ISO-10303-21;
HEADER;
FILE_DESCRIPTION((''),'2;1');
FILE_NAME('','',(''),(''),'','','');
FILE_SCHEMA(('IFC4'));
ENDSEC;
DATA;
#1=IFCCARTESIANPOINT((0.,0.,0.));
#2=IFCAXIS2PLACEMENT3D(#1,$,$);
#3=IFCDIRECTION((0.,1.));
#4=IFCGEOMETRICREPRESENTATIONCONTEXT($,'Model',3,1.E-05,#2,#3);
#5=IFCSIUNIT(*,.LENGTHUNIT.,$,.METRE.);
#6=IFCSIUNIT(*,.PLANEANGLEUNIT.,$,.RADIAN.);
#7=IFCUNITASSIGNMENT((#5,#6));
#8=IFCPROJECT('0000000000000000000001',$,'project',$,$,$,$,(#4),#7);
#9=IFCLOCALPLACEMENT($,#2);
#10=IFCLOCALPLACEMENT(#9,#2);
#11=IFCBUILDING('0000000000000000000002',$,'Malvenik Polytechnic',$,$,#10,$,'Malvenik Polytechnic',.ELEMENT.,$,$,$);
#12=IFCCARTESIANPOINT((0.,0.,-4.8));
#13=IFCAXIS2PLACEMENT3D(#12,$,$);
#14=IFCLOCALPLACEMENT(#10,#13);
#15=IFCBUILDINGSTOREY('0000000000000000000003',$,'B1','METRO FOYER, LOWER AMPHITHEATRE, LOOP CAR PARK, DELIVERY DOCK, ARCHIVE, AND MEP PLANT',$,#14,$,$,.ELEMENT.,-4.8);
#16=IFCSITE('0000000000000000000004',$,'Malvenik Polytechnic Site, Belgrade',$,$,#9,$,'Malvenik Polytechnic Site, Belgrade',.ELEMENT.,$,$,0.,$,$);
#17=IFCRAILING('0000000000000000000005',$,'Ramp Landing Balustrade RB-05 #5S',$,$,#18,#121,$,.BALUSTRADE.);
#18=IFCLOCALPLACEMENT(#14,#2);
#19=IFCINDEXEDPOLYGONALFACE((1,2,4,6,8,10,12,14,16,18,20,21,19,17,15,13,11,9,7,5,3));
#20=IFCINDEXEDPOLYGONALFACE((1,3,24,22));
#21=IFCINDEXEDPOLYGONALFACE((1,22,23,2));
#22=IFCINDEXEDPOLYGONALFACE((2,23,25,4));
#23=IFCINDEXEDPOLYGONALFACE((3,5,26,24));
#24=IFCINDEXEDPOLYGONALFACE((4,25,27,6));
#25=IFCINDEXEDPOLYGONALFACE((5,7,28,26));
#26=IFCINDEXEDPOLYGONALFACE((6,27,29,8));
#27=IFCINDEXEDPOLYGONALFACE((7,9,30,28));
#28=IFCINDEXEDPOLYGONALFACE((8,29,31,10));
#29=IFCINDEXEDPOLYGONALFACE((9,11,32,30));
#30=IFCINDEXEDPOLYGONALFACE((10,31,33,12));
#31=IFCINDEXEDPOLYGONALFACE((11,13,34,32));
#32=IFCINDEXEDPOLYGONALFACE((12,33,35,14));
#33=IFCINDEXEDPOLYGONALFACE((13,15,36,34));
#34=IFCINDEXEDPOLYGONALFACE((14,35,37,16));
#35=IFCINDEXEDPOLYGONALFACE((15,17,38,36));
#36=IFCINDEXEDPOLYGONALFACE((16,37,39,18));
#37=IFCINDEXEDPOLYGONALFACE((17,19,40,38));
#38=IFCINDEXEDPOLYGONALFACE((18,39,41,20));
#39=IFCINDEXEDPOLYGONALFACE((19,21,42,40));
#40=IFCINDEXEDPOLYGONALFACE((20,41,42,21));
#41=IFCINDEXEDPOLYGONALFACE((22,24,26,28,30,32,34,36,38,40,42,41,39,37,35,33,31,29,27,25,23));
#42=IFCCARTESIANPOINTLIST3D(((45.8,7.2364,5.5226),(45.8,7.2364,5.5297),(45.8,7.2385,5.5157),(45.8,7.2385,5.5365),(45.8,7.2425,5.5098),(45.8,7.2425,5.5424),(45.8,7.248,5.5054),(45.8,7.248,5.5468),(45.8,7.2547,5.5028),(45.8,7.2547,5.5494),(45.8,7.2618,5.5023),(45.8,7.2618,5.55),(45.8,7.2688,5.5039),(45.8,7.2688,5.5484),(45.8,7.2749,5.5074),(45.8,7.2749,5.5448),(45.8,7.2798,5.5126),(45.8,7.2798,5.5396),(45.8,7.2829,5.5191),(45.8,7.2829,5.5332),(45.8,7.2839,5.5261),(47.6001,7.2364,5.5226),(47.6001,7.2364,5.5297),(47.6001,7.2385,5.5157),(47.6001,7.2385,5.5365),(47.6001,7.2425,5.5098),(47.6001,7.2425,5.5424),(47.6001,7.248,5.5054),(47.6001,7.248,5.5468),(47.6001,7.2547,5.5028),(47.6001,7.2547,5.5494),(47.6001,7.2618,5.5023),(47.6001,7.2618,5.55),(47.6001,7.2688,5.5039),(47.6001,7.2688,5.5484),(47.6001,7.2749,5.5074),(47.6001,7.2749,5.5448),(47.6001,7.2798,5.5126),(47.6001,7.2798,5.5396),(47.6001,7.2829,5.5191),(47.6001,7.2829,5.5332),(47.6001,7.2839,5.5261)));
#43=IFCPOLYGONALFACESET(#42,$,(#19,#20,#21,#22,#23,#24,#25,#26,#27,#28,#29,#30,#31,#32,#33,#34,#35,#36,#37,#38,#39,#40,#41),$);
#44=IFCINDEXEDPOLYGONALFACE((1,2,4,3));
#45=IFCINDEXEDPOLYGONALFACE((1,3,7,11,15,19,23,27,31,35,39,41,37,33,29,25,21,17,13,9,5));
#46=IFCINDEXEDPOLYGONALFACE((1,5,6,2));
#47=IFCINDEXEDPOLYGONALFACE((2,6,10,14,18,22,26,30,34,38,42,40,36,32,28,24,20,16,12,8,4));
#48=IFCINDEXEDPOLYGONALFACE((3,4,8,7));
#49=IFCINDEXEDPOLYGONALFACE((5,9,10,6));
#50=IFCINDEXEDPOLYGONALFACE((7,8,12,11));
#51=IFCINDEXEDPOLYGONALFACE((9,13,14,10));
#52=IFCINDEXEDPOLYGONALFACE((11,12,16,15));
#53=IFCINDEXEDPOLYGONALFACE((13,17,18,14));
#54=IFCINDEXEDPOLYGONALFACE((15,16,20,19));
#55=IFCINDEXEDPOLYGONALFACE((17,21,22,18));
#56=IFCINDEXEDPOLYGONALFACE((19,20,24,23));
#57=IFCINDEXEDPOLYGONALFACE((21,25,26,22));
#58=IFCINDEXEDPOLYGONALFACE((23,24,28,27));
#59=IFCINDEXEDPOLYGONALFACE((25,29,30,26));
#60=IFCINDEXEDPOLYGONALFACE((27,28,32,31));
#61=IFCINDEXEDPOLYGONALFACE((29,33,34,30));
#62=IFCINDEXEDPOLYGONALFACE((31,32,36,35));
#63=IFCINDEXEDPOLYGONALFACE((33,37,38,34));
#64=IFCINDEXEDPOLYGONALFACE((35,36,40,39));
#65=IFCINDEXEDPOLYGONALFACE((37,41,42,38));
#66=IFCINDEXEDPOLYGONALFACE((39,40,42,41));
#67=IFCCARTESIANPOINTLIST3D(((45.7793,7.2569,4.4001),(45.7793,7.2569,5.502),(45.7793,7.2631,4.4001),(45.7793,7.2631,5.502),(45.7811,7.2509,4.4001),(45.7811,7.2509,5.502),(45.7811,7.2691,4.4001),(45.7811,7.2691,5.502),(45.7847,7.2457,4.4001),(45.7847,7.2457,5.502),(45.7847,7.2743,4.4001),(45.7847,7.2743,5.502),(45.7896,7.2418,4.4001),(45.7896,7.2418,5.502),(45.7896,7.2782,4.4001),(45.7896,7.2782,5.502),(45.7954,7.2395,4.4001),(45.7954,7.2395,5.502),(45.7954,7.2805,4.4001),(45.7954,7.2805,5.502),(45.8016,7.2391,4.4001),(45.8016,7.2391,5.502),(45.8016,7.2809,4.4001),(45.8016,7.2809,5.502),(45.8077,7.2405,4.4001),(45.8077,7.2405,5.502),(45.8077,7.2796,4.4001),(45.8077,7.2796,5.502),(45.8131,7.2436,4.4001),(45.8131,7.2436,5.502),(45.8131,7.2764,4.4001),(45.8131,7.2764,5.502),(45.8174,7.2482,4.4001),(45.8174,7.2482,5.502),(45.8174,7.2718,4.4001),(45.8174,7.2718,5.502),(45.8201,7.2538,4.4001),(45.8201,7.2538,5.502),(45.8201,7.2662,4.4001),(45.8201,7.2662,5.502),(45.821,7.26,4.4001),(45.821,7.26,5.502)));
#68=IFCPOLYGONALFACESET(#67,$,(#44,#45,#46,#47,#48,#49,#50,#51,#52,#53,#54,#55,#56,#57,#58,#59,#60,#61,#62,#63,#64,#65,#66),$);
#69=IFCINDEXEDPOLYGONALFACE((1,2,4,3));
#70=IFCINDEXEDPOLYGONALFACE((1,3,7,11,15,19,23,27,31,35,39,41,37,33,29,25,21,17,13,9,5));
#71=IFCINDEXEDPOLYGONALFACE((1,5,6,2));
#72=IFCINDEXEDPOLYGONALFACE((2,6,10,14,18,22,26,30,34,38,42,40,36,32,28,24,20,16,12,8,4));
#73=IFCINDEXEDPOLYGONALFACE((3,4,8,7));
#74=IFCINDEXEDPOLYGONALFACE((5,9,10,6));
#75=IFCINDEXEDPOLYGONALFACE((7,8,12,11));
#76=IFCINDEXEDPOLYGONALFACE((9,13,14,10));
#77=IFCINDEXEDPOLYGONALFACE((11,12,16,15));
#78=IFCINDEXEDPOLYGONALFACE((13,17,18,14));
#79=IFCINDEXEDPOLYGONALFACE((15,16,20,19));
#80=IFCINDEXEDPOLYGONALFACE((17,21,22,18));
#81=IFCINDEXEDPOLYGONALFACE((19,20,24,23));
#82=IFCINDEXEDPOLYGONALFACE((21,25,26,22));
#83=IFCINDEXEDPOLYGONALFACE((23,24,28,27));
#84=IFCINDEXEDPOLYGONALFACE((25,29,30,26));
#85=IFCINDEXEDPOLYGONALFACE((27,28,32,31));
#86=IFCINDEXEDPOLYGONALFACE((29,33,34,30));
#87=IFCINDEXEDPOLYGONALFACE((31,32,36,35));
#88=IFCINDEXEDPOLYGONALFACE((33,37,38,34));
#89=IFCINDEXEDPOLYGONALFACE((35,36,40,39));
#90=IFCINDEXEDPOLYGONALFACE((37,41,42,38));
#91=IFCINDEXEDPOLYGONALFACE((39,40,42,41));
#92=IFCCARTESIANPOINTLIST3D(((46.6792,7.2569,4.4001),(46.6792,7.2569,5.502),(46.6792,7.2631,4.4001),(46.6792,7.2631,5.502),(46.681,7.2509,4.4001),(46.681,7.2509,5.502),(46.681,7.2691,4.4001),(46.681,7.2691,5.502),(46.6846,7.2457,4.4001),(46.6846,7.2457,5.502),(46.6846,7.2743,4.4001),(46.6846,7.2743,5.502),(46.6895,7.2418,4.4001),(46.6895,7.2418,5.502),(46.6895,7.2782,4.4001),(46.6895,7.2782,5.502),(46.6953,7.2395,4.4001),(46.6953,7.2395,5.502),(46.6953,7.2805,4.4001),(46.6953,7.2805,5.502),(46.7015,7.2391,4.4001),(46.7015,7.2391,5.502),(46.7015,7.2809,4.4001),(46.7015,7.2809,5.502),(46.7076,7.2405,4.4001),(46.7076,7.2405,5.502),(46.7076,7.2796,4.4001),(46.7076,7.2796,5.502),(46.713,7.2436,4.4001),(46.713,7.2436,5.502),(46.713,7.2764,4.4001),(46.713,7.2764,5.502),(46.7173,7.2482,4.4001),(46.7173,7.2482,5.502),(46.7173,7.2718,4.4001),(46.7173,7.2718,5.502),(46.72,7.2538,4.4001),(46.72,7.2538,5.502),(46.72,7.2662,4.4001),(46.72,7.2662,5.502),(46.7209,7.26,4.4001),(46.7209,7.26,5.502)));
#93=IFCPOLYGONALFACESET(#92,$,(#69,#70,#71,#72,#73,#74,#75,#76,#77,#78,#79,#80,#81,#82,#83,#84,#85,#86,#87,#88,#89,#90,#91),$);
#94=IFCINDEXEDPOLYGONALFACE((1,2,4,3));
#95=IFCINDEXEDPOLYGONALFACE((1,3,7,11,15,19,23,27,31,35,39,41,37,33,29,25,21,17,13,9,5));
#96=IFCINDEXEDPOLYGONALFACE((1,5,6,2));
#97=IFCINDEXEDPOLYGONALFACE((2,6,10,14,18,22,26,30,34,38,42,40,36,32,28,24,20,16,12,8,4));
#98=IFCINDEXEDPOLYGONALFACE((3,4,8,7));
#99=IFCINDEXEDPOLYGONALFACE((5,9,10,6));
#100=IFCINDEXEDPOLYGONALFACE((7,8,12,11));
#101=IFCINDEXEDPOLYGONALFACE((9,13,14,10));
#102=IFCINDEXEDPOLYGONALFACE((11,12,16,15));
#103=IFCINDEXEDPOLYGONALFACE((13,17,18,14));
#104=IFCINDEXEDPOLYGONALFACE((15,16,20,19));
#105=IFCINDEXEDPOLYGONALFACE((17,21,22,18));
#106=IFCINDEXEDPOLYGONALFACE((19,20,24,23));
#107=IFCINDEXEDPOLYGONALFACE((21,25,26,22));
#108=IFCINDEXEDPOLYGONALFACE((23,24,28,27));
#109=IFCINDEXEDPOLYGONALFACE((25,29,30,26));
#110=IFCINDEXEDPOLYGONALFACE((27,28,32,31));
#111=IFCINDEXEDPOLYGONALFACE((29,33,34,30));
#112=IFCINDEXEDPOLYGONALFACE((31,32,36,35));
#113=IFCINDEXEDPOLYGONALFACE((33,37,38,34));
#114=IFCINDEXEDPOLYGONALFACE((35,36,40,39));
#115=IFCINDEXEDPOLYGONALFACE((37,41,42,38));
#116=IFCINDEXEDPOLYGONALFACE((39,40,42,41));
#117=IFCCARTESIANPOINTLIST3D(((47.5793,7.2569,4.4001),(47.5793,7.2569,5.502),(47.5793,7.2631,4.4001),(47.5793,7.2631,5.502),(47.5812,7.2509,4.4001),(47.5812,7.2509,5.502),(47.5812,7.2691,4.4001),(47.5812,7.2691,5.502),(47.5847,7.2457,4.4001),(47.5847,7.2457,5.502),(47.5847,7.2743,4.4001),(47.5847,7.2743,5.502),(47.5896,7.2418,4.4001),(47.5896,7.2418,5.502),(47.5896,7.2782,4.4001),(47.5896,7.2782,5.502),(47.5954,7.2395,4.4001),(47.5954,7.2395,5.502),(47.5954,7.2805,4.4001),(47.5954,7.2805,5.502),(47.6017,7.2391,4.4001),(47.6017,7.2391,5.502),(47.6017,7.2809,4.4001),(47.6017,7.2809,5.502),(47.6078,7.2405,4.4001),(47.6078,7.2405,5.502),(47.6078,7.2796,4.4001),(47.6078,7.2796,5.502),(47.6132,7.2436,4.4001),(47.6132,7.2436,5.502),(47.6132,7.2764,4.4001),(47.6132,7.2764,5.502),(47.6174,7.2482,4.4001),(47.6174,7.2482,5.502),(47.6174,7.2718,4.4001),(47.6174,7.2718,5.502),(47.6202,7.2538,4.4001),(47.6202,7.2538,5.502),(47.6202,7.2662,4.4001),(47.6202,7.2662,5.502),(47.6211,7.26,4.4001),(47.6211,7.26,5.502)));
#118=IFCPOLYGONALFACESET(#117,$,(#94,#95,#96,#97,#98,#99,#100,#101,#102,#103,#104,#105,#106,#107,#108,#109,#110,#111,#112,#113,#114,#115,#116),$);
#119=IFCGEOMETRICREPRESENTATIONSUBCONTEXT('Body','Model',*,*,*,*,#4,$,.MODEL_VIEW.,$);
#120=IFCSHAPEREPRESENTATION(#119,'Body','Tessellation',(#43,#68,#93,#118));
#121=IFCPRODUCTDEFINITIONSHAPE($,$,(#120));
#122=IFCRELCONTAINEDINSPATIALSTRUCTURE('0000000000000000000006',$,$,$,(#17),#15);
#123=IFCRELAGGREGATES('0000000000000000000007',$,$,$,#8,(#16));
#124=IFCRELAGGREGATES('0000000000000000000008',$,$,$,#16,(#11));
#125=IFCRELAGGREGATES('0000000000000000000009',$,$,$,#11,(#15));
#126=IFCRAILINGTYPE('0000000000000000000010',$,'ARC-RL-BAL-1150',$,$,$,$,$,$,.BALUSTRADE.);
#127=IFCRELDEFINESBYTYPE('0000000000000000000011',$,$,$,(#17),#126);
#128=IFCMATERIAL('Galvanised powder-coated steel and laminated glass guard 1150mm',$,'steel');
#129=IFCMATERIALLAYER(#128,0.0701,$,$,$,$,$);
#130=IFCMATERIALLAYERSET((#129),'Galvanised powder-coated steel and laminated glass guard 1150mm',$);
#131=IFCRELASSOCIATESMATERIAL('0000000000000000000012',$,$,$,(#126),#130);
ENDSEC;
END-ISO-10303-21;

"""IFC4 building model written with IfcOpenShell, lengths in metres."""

from ifc_helpers import new_model, si_unit, direction, frame, origin, origin_2d, place, context, subcontext, project, spatial, circle, extrude, material, layer, layer_set, type_object, element, save


model = new_model("IFC4")

# Units and contexts
model_context = context("Model", 3, precision=1e-05, world=origin(), true_north=direction((0.0, 1.0)))
body_context = subcontext(model_context, "Body", "Model", "MODEL_VIEW")
ifc_project = project(units=[si_unit("LENGTHUNIT", "METRE"), si_unit("PLANEANGLEUNIT", "RADIAN")], contexts=[model_context])

# Site, building, storey
site_placement = place(None, origin())
site = spatial("IfcSite", under=ifc_project, at=site_placement, Name="Malvenik Polytechnic Site, Belgrade", LongName="Malvenik Polytechnic Site, Belgrade", CompositionType="ELEMENT", RefElevation=0.0)
building_placement = place(site_placement, origin())
building = spatial("IfcBuilding", under=site, at=building_placement, Name="Malvenik Polytechnic", LongName="Malvenik Polytechnic", CompositionType="ELEMENT")
storey_placement = place(building_placement, frame((0.0, 0.0, -4.8)))
storey = spatial("IfcBuildingStorey", under=building, at=storey_placement, Name="B1", Description="METRO FOYER, LOWER AMPHITHEATRE, LOOP CAR PARK, DELIVERY DOCK, ARCHIVE, AND MEP PLANT", CompositionType="ELEMENT", Elevation=-4.8)

# Railing
ifc_material_1 = material(Name="Galvanised powder-coated steel and laminated glass guard 1150mm", Category="steel")
ifc_layer_1 = layer(ifc_material_1, 0.0701)
ifc_layer_set_1 = layer_set([ifc_layer_1], Name="Galvanised powder-coated steel and laminated glass guard 1150mm")
railing_type_1 = type_object("IfcRailingType", Name="ARC-RL-BAL-1150", PredefinedType="BALUSTRADE", material=ifc_layer_set_1)
railing_placement = place(storey_placement, frame((45.8, 7.26, 4.4001)))
element("IfcRailing", 1, at=railing_placement, inside=storey, type_object=railing_type_1, Name="Ramp Landing Balustrade RB-05 #5S", PredefinedType="BALUSTRADE", context=body_context, shape_type="SweptSolid", body=[
    extrude(circle(Radius=0.0239, at=origin_2d()), frame((0.0, 0.0, 1.126), z_axis=(1.0, 0.0, 0.0), x_axis=(0.0, 1.0, 0.0)), (0.0, 0.0, 1.0), 1.8),
    extrude(circle(Radius=0.021, at=origin_2d()), origin(), (0.0, 0.0, 1.0), 1.1018),
    extrude(circle(Radius=0.021, at=origin_2d()), frame((0.8999, 0.0, 0.0)), (0.0, 0.0, 1.0), 1.1018),
    extrude(circle(Radius=0.021, at=origin_2d()), frame((1.8, 0.0, 0.0)), (0.0, 0.0, 1.0), 1.1018),
])

save(model, "model.ifc")
